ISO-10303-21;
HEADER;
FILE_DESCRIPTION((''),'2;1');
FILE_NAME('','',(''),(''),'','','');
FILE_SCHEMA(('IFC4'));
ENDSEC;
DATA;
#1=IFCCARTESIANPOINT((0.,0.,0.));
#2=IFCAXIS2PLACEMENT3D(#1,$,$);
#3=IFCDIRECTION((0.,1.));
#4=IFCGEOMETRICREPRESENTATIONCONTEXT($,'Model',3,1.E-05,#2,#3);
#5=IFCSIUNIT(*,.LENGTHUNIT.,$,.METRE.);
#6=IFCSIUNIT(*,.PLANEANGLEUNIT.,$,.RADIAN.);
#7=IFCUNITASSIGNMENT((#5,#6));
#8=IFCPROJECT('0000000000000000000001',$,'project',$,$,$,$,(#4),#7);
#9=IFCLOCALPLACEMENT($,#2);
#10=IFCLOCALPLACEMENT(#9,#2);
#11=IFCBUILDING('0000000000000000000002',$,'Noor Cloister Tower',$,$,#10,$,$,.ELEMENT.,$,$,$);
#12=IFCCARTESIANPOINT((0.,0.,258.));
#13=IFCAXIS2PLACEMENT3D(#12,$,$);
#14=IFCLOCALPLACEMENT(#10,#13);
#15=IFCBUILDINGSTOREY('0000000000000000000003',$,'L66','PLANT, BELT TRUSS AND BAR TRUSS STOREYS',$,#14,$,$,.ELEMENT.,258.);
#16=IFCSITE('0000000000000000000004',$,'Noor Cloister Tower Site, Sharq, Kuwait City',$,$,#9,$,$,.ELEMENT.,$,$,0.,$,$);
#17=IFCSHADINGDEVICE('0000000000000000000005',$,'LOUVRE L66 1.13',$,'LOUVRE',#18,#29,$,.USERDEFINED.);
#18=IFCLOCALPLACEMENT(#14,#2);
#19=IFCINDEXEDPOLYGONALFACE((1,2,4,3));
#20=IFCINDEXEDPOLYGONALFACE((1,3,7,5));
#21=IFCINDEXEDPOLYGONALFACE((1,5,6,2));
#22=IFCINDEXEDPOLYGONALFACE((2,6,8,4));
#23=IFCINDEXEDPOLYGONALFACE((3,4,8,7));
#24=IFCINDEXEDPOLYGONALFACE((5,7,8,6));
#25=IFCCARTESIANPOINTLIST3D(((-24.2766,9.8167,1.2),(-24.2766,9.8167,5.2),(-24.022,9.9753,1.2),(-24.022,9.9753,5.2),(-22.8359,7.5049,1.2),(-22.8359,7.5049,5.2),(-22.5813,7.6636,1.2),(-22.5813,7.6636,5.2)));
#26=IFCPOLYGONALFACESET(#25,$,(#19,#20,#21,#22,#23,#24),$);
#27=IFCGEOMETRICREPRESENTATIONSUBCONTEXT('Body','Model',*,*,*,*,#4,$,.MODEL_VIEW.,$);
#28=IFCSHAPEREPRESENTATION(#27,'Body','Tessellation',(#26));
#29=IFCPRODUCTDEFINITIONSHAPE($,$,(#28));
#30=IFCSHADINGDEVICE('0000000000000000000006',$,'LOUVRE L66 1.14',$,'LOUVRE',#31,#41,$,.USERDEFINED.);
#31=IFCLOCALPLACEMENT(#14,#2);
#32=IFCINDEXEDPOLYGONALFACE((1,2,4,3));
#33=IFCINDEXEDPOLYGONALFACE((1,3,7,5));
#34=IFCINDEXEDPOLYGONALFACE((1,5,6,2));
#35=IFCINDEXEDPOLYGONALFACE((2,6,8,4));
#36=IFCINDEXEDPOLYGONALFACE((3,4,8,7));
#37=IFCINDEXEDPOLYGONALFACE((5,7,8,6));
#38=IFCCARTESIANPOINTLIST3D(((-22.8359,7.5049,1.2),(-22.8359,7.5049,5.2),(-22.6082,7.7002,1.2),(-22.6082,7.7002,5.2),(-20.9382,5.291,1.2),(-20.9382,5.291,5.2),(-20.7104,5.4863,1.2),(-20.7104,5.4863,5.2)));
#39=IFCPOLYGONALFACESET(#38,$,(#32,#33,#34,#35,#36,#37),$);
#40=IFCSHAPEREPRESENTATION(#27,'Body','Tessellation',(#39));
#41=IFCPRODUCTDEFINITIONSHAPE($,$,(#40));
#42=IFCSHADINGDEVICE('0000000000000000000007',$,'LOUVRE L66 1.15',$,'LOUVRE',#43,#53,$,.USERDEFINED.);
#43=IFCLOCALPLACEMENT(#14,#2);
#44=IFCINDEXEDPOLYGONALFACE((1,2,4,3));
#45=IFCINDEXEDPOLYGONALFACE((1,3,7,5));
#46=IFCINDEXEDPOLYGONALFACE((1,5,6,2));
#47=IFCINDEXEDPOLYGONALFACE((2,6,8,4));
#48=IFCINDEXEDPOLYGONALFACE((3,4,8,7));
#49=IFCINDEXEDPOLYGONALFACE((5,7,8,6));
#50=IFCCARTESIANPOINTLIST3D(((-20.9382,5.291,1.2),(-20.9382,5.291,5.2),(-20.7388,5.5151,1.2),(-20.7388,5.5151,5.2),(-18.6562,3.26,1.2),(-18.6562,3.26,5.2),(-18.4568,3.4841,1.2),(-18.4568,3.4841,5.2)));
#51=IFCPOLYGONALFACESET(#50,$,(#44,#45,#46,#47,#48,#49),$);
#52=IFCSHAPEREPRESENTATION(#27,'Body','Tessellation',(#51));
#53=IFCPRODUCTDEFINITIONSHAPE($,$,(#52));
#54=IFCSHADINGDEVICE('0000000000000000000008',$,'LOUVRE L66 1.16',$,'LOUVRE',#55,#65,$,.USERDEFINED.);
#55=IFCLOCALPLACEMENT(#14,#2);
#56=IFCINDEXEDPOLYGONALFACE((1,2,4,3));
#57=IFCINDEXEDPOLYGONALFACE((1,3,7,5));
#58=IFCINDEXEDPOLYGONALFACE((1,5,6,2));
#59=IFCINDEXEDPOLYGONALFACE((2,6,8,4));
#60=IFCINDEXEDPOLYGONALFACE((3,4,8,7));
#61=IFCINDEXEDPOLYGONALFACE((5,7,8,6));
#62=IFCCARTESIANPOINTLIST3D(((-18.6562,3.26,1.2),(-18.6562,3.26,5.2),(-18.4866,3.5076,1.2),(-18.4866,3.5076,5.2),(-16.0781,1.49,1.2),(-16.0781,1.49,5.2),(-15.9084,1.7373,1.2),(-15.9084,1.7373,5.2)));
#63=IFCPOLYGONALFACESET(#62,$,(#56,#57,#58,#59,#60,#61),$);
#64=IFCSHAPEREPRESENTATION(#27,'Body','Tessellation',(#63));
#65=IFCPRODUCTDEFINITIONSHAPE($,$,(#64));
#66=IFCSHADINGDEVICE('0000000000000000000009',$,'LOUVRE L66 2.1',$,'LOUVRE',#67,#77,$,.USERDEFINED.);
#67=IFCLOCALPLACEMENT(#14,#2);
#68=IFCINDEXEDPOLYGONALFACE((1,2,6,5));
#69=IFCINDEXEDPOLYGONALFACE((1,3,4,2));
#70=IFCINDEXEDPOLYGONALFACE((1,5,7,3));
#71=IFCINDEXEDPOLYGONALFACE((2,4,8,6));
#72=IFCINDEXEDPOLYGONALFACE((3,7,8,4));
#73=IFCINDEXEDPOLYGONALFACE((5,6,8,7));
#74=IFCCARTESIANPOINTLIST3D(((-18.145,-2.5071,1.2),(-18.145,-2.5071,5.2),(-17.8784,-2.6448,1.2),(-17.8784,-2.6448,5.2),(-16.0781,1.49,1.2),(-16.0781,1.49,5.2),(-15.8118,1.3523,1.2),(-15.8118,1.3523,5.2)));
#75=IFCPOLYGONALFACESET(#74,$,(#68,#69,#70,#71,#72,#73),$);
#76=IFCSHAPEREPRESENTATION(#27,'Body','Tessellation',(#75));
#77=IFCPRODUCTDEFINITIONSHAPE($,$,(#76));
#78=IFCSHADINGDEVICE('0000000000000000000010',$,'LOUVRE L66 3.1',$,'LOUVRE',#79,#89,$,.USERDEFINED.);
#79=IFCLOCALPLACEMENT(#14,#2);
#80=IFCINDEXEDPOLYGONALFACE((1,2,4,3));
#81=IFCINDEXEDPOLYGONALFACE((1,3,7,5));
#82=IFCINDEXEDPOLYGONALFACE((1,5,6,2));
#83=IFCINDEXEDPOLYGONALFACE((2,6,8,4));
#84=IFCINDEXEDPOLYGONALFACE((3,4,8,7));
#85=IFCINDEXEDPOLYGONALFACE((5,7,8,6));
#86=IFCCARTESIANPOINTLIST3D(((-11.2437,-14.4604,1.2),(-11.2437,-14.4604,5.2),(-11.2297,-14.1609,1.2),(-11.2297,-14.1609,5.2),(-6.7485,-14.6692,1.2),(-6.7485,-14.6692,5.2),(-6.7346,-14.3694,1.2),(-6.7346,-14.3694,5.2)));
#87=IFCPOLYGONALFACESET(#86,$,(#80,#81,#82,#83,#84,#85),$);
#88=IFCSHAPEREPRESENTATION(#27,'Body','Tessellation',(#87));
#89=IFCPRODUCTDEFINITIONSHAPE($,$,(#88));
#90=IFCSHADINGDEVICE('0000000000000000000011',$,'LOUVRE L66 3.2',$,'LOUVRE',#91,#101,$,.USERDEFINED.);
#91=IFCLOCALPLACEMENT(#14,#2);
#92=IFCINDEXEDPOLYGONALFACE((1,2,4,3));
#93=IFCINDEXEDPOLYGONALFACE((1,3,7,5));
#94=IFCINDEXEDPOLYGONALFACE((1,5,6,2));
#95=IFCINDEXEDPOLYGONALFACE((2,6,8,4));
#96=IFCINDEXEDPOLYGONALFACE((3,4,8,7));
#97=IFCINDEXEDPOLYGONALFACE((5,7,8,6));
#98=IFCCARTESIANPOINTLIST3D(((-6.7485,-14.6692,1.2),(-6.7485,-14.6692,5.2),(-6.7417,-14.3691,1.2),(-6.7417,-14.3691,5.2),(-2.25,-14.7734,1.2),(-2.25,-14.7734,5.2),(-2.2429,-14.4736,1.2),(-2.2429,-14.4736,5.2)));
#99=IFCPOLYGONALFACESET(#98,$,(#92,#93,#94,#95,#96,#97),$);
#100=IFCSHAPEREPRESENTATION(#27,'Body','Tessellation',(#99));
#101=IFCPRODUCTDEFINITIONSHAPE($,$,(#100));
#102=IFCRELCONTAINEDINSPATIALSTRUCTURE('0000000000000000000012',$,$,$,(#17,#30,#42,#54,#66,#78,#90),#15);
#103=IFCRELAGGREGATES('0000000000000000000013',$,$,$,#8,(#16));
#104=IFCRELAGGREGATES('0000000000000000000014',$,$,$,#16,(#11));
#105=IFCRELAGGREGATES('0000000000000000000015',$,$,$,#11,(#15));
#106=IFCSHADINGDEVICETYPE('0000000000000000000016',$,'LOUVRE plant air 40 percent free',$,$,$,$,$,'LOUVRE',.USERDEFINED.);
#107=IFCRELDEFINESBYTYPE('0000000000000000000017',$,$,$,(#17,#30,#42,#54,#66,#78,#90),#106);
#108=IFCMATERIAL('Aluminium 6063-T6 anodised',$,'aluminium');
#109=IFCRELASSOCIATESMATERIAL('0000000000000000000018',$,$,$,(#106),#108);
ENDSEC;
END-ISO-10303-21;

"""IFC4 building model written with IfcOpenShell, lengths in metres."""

from ifc_helpers import new_model, si_unit, direction, frame, origin, place, context, subcontext, project, spatial, polyline, outline, extrude, material, type_object, element, save


model = new_model("IFC4")

# Units and contexts
model_context = context("Model", 3, precision=1e-05, world=origin(), true_north=direction((0.0, 1.0)))
body_context = subcontext(model_context, "Body", "Model", "MODEL_VIEW")
ifc_project = project(units=[si_unit("LENGTHUNIT", "METRE"), si_unit("PLANEANGLEUNIT", "RADIAN")], contexts=[model_context])

# Site, building, storey
site_placement = place(None, origin())
site = spatial("IfcSite", under=ifc_project, at=site_placement, Name="Noor Cloister Tower Site, Sharq, Kuwait City", CompositionType="ELEMENT", RefElevation=0.0)
building_placement = place(site_placement, origin())
building = spatial("IfcBuilding", under=site, at=building_placement, Name="Noor Cloister Tower", CompositionType="ELEMENT")
storey_placement = place(building_placement, frame((0.0, 0.0, 258.0)))
storey = spatial("IfcBuildingStorey", under=building, at=storey_placement, Name="L66", Description="PLANT, BELT TRUSS AND BAR TRUSS STOREYS", CompositionType="ELEMENT", Elevation=258.0)

# Shading devices
ifc_material_1 = material(Name="Aluminium 6063-T6 anodised", Category="aluminium")
shading_device_type = type_object("IfcShadingDeviceType", Name="LOUVRE plant air 40 percent free", ElementType="LOUVRE", PredefinedType="USERDEFINED", material=ifc_material_1)
shading_device_1_placement = place(storey_placement, frame((0.0, 0.0, 1.2)))
element("IfcShadingDevice", 1, at=shading_device_1_placement, inside=storey, type_object=shading_device_type, Name="LOUVRE L66 1.13", ObjectType="LOUVRE", PredefinedType="USERDEFINED", context=body_context, shape_type="SweptSolid", body=[
    extrude(outline(polyline([(-24.2766, 9.8167), (-22.8359, 7.5049), (-22.5813, 7.6636), (-24.022, 9.9753), (-24.2766, 9.8167)])), origin(), (0.0, 0.0, 1.0), 4.0),
])
shading_device_2_placement = place(storey_placement, frame((0.0, 0.0, 1.2)))
element("IfcShadingDevice", 2, at=shading_device_2_placement, inside=storey, type_object=shading_device_type, Name="LOUVRE L66 1.14", ObjectType="LOUVRE", PredefinedType="USERDEFINED", context=body_context, shape_type="SweptSolid", body=[
    extrude(outline(polyline([(-22.8359, 7.5049), (-20.9382, 5.291), (-20.7104, 5.4863), (-22.6082, 7.7002), (-22.8359, 7.5049)])), origin(), (0.0, 0.0, 1.0), 4.0),
])
shading_device_3_placement = place(storey_placement, frame((0.0, 0.0, 1.2)))
element("IfcShadingDevice", 3, at=shading_device_3_placement, inside=storey, type_object=shading_device_type, Name="LOUVRE L66 1.15", ObjectType="LOUVRE", PredefinedType="USERDEFINED", context=body_context, shape_type="SweptSolid", body=[
    extrude(outline(polyline([(-20.9382, 5.291), (-18.6562, 3.26), (-18.4568, 3.4841), (-20.7388, 5.5151), (-20.9382, 5.291)])), origin(), (0.0, 0.0, 1.0), 4.0),
])
shading_device_4_placement = place(storey_placement, frame((0.0, 0.0, 1.2)))
element("IfcShadingDevice", 4, at=shading_device_4_placement, inside=storey, type_object=shading_device_type, Name="LOUVRE L66 1.16", ObjectType="LOUVRE", PredefinedType="USERDEFINED", context=body_context, shape_type="SweptSolid", body=[
    extrude(outline(polyline([(-18.6562, 3.26), (-16.0781, 1.49), (-15.9084, 1.7373), (-18.4866, 3.5076), (-18.6562, 3.26)])), origin(), (0.0, 0.0, 1.0), 4.0),
])
shading_device_5_placement = place(storey_placement, frame((0.0, 0.0, 1.2)))
element("IfcShadingDevice", 5, at=shading_device_5_placement, inside=storey, type_object=shading_device_type, Name="LOUVRE L66 2.1", ObjectType="LOUVRE", PredefinedType="USERDEFINED", context=body_context, shape_type="SweptSolid", body=[
    extrude(outline(polyline([(-16.0781, 1.49), (-18.145, -2.5071), (-17.8784, -2.6448), (-15.8118, 1.3523), (-16.0781, 1.49)])), origin(), (0.0, 0.0, 1.0), 4.0),
])
shading_device_6_placement = place(storey_placement, frame((0.0, 0.0, 1.2)))
element("IfcShadingDevice", 6, at=shading_device_6_placement, inside=storey, type_object=shading_device_type, Name="LOUVRE L66 3.1", ObjectType="LOUVRE", PredefinedType="USERDEFINED", context=body_context, shape_type="SweptSolid", body=[
    extrude(outline(polyline([(-11.2437, -14.4604), (-6.7485, -14.6692), (-6.7346, -14.3694), (-11.2297, -14.1609), (-11.2437, -14.4604)])), origin(), (0.0, 0.0, 1.0), 4.0),
])
shading_device_7_placement = place(storey_placement, frame((0.0, 0.0, 1.2)))
element("IfcShadingDevice", 7, at=shading_device_7_placement, inside=storey, type_object=shading_device_type, Name="LOUVRE L66 3.2", ObjectType="LOUVRE", PredefinedType="USERDEFINED", context=body_context, shape_type="SweptSolid", body=[
    extrude(outline(polyline([(-6.7485, -14.6692), (-2.25, -14.7734), (-2.2429, -14.4736), (-6.7417, -14.3691), (-6.7485, -14.6692)])), origin(), (0.0, 0.0, 1.0), 4.0),
])

save(model, "model.ifc")
